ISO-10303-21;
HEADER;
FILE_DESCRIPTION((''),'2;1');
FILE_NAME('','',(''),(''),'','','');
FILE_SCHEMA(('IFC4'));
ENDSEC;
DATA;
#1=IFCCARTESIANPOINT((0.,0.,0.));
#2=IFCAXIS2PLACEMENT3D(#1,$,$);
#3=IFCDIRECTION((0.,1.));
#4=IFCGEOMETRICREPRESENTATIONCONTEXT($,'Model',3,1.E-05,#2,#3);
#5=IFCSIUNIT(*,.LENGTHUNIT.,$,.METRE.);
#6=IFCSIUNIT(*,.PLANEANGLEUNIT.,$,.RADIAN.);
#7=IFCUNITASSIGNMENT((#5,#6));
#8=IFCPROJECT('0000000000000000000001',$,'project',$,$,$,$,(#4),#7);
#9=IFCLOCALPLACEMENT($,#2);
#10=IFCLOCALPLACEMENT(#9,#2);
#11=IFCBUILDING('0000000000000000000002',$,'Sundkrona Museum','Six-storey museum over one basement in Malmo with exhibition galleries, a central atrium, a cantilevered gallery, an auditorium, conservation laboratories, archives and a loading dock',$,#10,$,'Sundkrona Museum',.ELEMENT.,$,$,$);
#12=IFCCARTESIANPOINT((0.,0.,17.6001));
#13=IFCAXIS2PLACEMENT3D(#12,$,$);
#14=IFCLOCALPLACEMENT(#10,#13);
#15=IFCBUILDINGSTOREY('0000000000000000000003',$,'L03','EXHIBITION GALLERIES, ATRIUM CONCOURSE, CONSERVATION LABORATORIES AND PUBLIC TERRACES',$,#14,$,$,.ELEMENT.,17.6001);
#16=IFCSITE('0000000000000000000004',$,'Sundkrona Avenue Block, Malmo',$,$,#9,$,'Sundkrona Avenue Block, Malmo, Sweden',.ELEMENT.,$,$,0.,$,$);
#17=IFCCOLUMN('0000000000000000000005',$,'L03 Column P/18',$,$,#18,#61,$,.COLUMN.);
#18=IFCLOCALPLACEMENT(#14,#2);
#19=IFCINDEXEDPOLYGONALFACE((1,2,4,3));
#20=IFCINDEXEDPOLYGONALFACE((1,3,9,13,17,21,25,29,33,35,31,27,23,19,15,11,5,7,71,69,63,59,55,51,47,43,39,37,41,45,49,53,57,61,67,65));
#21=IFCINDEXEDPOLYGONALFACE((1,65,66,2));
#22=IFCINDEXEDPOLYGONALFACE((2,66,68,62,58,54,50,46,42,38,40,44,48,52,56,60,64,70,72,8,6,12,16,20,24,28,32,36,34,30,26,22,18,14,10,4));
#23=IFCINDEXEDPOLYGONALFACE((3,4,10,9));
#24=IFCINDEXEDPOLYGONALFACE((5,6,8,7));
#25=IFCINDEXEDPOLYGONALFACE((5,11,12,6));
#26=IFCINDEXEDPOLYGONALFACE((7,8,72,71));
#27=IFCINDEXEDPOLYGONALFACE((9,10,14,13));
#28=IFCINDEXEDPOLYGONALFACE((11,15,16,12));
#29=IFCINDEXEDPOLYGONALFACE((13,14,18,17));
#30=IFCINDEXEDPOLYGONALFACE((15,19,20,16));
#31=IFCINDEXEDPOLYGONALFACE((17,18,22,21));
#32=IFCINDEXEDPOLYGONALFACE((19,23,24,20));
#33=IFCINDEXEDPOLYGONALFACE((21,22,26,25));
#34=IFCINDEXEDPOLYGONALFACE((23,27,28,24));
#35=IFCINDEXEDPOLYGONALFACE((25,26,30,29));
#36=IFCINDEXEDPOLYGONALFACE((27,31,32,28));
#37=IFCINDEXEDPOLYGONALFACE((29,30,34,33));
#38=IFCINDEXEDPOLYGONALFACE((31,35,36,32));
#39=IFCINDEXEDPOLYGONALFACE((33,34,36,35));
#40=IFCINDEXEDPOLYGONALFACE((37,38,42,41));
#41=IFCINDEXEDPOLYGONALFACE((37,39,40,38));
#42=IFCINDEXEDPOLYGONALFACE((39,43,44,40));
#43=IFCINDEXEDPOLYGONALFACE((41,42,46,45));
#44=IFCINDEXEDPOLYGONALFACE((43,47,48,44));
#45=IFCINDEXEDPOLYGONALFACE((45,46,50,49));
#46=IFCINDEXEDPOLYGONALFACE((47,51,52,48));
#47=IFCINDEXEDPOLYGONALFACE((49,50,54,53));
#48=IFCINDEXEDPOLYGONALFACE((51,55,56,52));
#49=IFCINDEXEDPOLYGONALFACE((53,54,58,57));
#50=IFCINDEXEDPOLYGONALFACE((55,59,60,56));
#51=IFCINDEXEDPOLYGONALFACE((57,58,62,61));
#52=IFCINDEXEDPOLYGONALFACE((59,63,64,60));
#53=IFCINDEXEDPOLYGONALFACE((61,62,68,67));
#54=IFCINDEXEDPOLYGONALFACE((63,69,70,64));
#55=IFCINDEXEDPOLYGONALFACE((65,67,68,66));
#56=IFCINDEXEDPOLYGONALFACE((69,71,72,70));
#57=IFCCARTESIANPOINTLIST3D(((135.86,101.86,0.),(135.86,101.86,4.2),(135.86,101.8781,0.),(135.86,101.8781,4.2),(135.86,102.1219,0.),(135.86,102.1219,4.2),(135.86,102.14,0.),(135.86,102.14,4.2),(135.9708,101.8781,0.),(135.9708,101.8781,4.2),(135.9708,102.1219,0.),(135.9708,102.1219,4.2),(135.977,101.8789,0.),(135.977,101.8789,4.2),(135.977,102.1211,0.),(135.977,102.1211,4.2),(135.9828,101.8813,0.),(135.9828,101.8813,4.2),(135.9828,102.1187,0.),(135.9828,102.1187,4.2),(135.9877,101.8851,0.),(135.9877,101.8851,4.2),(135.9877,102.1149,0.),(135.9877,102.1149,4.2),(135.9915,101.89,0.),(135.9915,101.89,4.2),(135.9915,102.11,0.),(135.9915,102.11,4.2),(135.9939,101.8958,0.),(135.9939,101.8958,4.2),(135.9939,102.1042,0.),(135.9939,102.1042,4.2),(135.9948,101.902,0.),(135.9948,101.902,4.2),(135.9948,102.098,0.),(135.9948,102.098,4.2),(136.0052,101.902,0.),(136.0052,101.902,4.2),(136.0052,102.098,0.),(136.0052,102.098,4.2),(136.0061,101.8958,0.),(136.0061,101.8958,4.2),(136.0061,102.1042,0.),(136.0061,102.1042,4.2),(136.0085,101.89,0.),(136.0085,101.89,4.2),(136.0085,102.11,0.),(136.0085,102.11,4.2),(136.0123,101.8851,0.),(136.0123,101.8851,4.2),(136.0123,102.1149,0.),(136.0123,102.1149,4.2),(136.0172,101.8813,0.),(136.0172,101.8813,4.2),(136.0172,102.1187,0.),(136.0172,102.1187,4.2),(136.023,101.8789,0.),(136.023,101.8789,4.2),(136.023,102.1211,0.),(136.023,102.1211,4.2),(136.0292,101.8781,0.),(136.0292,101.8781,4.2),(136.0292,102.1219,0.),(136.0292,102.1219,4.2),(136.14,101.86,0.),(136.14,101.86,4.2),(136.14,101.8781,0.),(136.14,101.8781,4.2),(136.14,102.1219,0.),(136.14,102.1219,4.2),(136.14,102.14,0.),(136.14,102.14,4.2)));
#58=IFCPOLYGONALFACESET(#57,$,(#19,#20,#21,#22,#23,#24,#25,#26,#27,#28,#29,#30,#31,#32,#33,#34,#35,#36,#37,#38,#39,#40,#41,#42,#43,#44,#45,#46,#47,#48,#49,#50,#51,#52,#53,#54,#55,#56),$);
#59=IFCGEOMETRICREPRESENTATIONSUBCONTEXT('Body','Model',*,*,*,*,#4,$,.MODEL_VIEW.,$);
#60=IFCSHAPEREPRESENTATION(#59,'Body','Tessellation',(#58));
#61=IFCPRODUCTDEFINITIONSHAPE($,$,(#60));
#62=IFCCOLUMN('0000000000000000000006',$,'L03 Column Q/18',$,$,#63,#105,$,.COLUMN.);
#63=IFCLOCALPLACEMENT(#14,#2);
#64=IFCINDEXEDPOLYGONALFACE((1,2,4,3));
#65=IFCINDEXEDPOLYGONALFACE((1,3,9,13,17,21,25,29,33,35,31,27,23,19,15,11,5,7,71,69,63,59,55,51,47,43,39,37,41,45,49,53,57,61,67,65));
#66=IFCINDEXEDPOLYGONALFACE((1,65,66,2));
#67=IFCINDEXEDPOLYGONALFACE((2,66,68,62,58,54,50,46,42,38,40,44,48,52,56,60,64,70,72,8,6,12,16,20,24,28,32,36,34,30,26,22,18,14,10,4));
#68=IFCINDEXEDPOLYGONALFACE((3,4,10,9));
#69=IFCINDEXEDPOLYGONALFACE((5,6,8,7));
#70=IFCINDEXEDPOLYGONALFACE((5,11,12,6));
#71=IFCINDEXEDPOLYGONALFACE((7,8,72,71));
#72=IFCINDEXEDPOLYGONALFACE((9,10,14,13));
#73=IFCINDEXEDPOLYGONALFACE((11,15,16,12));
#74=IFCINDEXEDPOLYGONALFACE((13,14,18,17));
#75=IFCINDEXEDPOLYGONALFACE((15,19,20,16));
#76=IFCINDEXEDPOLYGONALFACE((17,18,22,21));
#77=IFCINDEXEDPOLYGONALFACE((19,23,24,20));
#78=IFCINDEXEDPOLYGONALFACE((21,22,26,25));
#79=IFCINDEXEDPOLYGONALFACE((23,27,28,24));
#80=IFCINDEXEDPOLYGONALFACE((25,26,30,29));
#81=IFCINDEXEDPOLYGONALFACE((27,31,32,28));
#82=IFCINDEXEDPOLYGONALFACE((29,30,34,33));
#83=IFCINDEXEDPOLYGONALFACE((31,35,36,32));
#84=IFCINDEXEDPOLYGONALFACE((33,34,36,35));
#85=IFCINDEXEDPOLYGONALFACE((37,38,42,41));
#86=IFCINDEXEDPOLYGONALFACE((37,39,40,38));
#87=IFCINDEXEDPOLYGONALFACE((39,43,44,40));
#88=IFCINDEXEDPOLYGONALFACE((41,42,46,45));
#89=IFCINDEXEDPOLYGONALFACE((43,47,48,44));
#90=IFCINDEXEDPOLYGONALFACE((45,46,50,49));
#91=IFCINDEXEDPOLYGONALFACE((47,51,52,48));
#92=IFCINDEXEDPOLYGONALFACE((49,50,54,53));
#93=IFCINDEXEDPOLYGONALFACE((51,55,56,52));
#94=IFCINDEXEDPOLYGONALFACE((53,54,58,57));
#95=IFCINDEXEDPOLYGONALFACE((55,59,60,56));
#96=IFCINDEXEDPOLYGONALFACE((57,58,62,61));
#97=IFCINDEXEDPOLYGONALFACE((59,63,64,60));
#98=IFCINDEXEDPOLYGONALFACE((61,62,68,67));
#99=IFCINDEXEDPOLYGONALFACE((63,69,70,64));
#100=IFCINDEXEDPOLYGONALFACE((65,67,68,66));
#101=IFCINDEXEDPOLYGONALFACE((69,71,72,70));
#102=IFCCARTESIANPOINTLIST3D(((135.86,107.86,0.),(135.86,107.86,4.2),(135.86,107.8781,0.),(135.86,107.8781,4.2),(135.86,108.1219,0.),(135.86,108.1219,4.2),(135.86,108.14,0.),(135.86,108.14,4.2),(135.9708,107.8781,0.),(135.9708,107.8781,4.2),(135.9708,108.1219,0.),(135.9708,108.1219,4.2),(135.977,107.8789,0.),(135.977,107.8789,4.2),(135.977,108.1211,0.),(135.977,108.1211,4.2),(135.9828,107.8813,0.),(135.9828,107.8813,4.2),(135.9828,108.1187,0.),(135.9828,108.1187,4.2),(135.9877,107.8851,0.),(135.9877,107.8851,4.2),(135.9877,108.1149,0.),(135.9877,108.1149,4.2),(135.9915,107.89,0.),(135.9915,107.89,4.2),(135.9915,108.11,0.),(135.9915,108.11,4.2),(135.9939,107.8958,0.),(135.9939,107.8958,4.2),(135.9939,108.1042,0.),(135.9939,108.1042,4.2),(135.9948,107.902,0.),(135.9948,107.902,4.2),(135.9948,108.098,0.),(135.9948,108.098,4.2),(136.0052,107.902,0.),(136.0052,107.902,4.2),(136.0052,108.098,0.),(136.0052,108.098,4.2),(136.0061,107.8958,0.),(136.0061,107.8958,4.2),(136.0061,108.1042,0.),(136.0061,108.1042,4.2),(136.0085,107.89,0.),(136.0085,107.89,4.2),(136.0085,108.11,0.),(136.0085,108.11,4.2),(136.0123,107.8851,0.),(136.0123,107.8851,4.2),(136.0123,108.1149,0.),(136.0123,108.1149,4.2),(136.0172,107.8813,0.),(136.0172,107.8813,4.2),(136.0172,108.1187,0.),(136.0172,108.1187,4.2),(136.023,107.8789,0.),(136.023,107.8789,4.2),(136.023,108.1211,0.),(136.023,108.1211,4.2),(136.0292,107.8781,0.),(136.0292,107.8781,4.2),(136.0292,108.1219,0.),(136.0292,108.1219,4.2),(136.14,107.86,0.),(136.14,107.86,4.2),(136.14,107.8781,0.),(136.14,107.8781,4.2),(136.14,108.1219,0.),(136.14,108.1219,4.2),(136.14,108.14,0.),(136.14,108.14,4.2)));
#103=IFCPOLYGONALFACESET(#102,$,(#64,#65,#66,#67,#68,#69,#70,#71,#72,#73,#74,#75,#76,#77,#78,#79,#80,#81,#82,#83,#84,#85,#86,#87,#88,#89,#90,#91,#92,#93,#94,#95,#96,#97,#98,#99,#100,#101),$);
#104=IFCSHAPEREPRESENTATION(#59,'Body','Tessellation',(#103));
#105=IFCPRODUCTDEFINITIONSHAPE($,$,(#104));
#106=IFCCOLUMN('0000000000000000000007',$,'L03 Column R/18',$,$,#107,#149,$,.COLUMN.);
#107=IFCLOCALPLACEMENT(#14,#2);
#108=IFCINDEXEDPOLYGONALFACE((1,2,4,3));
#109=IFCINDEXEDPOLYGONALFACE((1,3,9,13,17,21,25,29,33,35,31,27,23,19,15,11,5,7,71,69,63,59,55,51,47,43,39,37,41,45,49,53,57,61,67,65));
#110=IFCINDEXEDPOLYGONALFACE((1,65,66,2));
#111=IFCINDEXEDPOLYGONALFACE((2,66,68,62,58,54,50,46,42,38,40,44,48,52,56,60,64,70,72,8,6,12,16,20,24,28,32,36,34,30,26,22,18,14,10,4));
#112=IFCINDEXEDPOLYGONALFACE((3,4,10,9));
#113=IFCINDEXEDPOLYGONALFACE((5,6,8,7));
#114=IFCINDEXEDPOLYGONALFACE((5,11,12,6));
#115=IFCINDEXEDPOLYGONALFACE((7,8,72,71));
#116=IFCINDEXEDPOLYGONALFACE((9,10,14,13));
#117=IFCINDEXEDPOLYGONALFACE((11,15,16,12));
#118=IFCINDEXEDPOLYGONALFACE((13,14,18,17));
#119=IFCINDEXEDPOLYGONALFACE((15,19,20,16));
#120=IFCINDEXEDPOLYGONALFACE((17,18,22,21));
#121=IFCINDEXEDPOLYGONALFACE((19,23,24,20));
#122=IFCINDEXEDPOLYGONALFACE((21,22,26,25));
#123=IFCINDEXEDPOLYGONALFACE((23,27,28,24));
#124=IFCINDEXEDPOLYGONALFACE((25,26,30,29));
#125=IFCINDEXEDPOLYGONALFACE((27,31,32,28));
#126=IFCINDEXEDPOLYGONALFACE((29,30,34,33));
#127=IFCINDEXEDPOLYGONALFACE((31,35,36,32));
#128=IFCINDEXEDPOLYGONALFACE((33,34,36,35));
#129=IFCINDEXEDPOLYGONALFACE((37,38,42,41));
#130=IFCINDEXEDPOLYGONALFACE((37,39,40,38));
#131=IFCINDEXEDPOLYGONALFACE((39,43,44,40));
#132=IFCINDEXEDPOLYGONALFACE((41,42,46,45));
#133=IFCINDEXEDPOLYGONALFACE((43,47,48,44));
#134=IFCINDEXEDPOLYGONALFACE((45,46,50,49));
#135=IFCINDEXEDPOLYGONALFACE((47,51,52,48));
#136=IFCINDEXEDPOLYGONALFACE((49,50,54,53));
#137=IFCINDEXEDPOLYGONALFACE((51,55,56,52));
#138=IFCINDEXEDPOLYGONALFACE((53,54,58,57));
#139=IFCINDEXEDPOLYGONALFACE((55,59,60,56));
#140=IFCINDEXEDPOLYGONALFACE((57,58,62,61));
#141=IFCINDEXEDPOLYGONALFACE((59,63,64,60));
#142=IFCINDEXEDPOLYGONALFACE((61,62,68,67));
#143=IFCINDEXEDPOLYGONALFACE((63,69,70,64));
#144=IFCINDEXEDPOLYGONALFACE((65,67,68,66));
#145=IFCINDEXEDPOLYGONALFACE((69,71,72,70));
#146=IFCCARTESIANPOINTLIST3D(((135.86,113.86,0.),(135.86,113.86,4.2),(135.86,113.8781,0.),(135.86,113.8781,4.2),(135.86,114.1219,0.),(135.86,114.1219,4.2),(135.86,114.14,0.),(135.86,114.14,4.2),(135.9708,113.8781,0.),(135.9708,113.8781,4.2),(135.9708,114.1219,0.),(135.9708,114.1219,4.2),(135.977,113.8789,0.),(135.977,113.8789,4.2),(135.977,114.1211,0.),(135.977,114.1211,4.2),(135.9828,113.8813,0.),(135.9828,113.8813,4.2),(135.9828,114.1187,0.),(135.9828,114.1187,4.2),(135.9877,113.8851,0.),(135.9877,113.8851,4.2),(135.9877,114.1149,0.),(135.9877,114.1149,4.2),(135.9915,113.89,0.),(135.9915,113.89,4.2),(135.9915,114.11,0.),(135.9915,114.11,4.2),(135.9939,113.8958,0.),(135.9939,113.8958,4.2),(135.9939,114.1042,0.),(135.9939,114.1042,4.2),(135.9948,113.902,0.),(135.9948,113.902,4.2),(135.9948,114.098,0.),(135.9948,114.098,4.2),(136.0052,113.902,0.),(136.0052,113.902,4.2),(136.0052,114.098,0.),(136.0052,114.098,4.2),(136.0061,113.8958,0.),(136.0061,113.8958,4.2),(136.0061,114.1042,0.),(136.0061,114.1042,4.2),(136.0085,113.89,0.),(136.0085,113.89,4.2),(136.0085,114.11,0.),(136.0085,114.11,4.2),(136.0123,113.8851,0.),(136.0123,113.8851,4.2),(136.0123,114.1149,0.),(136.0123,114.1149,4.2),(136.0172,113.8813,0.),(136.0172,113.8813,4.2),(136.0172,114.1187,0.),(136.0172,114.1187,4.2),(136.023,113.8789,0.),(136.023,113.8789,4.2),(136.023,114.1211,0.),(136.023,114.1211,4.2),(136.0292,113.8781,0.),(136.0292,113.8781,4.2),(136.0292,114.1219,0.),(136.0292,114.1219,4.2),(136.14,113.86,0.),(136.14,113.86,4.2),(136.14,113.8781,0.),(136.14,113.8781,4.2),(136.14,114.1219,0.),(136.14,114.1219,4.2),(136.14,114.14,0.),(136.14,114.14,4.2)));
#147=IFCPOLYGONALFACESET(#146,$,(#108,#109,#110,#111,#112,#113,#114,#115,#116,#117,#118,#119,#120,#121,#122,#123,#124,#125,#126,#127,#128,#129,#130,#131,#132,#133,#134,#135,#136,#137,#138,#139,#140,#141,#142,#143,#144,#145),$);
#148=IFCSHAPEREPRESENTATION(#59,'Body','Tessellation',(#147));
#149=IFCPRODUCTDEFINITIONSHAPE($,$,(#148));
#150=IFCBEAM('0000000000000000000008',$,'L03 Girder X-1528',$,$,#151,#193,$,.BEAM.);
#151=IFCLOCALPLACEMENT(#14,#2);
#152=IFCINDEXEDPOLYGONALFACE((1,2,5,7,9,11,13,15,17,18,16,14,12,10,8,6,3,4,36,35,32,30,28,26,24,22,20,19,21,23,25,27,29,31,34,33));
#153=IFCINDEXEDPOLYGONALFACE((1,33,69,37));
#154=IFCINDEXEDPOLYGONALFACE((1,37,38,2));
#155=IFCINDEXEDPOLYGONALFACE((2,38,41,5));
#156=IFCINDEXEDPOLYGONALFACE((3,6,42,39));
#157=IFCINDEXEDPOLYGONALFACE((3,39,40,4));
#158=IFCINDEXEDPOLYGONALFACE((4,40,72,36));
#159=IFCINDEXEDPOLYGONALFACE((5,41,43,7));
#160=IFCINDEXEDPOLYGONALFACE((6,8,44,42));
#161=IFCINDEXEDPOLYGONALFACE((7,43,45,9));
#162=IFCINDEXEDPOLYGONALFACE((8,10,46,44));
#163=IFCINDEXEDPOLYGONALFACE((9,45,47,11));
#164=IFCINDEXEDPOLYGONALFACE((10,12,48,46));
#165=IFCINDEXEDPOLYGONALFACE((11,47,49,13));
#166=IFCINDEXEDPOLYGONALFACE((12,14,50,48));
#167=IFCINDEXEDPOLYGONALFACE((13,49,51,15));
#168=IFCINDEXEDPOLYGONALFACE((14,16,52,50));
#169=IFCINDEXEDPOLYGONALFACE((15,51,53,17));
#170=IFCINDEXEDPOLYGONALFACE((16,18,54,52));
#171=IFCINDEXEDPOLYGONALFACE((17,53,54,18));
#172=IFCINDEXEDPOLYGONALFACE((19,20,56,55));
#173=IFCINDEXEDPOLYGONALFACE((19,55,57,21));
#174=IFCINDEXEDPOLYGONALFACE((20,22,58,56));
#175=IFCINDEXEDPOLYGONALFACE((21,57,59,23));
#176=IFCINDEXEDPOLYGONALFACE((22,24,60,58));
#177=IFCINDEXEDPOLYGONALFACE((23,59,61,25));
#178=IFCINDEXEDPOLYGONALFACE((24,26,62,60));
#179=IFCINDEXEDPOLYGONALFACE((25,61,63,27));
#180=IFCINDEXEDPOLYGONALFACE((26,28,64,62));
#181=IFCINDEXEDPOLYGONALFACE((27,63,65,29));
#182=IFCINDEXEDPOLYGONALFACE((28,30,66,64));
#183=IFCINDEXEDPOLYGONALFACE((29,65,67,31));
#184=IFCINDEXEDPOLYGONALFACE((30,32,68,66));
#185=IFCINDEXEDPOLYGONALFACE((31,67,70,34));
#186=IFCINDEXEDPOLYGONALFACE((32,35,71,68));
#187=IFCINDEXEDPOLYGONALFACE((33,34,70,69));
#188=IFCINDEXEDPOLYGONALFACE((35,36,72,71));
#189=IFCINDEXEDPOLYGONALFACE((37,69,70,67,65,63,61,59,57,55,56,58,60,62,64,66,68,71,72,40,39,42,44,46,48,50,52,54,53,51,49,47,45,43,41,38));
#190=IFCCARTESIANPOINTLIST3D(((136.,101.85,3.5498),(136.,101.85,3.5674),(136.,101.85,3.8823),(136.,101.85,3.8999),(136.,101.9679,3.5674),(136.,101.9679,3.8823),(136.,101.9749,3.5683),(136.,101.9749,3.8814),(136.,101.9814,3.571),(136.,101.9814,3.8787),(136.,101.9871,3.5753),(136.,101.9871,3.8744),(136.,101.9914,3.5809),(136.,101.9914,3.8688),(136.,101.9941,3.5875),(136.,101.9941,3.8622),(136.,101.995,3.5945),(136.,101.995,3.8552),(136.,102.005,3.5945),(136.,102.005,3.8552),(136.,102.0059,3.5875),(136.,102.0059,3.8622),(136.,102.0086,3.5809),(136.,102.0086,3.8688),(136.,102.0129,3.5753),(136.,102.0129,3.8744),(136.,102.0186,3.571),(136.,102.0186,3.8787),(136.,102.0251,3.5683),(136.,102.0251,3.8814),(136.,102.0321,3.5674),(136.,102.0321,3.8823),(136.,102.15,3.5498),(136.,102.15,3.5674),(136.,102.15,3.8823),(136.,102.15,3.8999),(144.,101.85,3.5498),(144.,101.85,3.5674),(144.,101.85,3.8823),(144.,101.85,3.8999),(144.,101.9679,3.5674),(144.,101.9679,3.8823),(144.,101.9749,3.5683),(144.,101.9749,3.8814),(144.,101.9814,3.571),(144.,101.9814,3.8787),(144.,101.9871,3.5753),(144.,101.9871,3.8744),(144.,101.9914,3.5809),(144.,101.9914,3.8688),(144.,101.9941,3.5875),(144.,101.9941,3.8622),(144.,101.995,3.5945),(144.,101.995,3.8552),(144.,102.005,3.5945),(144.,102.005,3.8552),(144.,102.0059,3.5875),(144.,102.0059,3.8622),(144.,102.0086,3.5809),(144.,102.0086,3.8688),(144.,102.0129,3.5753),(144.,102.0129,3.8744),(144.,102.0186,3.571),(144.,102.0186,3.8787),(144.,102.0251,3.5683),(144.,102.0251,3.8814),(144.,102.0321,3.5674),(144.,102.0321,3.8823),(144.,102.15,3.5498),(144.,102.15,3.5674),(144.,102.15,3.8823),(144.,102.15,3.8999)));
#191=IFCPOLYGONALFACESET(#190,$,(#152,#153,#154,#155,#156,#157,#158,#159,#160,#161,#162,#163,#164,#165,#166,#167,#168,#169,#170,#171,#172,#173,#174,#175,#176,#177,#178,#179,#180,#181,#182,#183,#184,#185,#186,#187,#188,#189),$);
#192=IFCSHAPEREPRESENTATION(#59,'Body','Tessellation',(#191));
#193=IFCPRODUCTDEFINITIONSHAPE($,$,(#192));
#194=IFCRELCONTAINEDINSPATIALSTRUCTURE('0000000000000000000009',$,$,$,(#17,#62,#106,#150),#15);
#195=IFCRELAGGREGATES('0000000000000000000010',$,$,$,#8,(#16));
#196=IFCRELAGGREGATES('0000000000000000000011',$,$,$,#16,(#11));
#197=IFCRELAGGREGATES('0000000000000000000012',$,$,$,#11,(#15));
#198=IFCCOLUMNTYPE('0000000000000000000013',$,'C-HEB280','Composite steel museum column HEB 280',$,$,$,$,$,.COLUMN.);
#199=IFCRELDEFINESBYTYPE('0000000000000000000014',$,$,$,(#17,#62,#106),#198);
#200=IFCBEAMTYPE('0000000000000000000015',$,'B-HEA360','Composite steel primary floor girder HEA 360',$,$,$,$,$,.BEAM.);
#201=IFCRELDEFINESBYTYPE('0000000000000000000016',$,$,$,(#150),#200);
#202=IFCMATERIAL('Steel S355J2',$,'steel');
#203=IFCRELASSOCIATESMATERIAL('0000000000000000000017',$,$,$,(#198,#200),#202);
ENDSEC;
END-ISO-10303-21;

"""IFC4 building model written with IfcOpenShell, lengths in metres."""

from ifc_helpers import new_model, si_unit, direction, frame, origin, origin_2d, place, context, subcontext, project, spatial, i_section, extrude, material, material_profile, profile_set, type_object, element, save


model = new_model("IFC4")

# Units and contexts
model_context = context("Model", 3, precision=1e-05, world=origin(), true_north=direction((0.0, 1.0)))
body_context = subcontext(model_context, "Body", "Model", "MODEL_VIEW")
ifc_project = project(units=[si_unit("LENGTHUNIT", "METRE"), si_unit("PLANEANGLEUNIT", "RADIAN")], contexts=[model_context])

# Site, building, storey
site_placement = place(None, origin())
site = spatial("IfcSite", under=ifc_project, at=site_placement, Name="Sundkrona Avenue Block, Malmo", LongName="Sundkrona Avenue Block, Malmo, Sweden", CompositionType="ELEMENT", RefElevation=0.0)
building_placement = place(site_placement, origin())
building = spatial("IfcBuilding", under=site, at=building_placement, Name="Sundkrona Museum", Description="Six-storey museum over one basement in Malmo with exhibition galleries, a central atrium, a cantilevered gallery, an auditorium, conservation laboratories, archives and a loading dock", LongName="Sundkrona Museum", CompositionType="ELEMENT")
storey_placement = place(building_placement, frame((0.0, 0.0, 17.6001)))
storey = spatial("IfcBuildingStorey", under=building, at=storey_placement, Name="L03", Description="EXHIBITION GALLERIES, ATRIUM CONCOURSE, CONSERVATION LABORATORIES AND PUBLIC TERRACES", CompositionType="ELEMENT", Elevation=17.6001)

# Columns
ifc_material_1 = material(Name="Steel S355J2", Category="steel")
ifc_material_profile_1 = material_profile(ifc_material_1, i_section(OverallWidth=0.28, OverallDepth=0.28, WebThickness=0.0105, FlangeThickness=0.0181, FilletRadius=0.0239, at=origin_2d()), Name="HEB 280")
ifc_profile_set_1 = profile_set([ifc_material_profile_1], Name="Steel S355J2")
column_type = type_object("IfcColumnType", Name="C-HEB280", Description="Composite steel museum column HEB 280", PredefinedType="COLUMN", material=ifc_profile_set_1)
for number, where, z_axis, x_axis, name in (
    (1, (136.0, 102.0, 0.0), (0.0, 0.0, 1.0), (1.0, 0.0, 0.0), "L03 Column P/18"),
    (2, (136.0, 108.0, 0.0), (0.0, 0.0, 1.0), (1.0, 0.0, 0.0), "L03 Column Q/18"),
    (3, (136.0, 114.0, 0.0), (0.0, 0.0, 1.0), (1.0, 0.0, 0.0), "L03 Column R/18"),
):
    element("IfcColumn", number, at=place(storey_placement, frame(where, z_axis=z_axis, x_axis=x_axis)), inside=storey, type_object=column_type, Name=name, PredefinedType="COLUMN", context=body_context, shape_type="SweptSolid", body=[
        extrude(i_section(OverallWidth=0.28, OverallDepth=0.28, WebThickness=0.0105, FlangeThickness=0.0181, FilletRadius=0.0239, at=origin_2d()), origin(), (0.0, 0.0, 1.0), 4.2),
    ])

# Beam
ifc_material_profile_2 = material_profile(ifc_material_1, i_section(OverallWidth=0.3, OverallDepth=0.3501, WebThickness=0.01, FlangeThickness=0.0176, FilletRadius=0.0271, at=origin_2d()), Name="HEA 360")
ifc_profile_set_2 = profile_set([ifc_material_profile_2], Name="Steel S355J2")
beam_type_1 = type_object("IfcBeamType", Name="B-HEA360", Description="Composite steel primary floor girder HEA 360", PredefinedType="BEAM", material=ifc_profile_set_2)
for number, where, z_axis, x_axis, name in (
    (4, (136.0, 102.0, 3.7249), (1.0, 0.0, 0.0), (0.0, 1.0, 0.0), "L03 Girder X-1528"),
):
    element("IfcBeam", number, at=place(storey_placement, frame(where, z_axis=z_axis, x_axis=x_axis)), inside=storey, type_object=beam_type_1, Name=name, PredefinedType="BEAM", context=body_context, shape_type="SweptSolid", body=[
        extrude(i_section(OverallWidth=0.3, OverallDepth=0.3501, WebThickness=0.01, FlangeThickness=0.0176, FilletRadius=0.0271, at=origin_2d()), origin(), (0.0, 0.0, 1.0), 8.0),
    ])

save(model, "model.ifc")
